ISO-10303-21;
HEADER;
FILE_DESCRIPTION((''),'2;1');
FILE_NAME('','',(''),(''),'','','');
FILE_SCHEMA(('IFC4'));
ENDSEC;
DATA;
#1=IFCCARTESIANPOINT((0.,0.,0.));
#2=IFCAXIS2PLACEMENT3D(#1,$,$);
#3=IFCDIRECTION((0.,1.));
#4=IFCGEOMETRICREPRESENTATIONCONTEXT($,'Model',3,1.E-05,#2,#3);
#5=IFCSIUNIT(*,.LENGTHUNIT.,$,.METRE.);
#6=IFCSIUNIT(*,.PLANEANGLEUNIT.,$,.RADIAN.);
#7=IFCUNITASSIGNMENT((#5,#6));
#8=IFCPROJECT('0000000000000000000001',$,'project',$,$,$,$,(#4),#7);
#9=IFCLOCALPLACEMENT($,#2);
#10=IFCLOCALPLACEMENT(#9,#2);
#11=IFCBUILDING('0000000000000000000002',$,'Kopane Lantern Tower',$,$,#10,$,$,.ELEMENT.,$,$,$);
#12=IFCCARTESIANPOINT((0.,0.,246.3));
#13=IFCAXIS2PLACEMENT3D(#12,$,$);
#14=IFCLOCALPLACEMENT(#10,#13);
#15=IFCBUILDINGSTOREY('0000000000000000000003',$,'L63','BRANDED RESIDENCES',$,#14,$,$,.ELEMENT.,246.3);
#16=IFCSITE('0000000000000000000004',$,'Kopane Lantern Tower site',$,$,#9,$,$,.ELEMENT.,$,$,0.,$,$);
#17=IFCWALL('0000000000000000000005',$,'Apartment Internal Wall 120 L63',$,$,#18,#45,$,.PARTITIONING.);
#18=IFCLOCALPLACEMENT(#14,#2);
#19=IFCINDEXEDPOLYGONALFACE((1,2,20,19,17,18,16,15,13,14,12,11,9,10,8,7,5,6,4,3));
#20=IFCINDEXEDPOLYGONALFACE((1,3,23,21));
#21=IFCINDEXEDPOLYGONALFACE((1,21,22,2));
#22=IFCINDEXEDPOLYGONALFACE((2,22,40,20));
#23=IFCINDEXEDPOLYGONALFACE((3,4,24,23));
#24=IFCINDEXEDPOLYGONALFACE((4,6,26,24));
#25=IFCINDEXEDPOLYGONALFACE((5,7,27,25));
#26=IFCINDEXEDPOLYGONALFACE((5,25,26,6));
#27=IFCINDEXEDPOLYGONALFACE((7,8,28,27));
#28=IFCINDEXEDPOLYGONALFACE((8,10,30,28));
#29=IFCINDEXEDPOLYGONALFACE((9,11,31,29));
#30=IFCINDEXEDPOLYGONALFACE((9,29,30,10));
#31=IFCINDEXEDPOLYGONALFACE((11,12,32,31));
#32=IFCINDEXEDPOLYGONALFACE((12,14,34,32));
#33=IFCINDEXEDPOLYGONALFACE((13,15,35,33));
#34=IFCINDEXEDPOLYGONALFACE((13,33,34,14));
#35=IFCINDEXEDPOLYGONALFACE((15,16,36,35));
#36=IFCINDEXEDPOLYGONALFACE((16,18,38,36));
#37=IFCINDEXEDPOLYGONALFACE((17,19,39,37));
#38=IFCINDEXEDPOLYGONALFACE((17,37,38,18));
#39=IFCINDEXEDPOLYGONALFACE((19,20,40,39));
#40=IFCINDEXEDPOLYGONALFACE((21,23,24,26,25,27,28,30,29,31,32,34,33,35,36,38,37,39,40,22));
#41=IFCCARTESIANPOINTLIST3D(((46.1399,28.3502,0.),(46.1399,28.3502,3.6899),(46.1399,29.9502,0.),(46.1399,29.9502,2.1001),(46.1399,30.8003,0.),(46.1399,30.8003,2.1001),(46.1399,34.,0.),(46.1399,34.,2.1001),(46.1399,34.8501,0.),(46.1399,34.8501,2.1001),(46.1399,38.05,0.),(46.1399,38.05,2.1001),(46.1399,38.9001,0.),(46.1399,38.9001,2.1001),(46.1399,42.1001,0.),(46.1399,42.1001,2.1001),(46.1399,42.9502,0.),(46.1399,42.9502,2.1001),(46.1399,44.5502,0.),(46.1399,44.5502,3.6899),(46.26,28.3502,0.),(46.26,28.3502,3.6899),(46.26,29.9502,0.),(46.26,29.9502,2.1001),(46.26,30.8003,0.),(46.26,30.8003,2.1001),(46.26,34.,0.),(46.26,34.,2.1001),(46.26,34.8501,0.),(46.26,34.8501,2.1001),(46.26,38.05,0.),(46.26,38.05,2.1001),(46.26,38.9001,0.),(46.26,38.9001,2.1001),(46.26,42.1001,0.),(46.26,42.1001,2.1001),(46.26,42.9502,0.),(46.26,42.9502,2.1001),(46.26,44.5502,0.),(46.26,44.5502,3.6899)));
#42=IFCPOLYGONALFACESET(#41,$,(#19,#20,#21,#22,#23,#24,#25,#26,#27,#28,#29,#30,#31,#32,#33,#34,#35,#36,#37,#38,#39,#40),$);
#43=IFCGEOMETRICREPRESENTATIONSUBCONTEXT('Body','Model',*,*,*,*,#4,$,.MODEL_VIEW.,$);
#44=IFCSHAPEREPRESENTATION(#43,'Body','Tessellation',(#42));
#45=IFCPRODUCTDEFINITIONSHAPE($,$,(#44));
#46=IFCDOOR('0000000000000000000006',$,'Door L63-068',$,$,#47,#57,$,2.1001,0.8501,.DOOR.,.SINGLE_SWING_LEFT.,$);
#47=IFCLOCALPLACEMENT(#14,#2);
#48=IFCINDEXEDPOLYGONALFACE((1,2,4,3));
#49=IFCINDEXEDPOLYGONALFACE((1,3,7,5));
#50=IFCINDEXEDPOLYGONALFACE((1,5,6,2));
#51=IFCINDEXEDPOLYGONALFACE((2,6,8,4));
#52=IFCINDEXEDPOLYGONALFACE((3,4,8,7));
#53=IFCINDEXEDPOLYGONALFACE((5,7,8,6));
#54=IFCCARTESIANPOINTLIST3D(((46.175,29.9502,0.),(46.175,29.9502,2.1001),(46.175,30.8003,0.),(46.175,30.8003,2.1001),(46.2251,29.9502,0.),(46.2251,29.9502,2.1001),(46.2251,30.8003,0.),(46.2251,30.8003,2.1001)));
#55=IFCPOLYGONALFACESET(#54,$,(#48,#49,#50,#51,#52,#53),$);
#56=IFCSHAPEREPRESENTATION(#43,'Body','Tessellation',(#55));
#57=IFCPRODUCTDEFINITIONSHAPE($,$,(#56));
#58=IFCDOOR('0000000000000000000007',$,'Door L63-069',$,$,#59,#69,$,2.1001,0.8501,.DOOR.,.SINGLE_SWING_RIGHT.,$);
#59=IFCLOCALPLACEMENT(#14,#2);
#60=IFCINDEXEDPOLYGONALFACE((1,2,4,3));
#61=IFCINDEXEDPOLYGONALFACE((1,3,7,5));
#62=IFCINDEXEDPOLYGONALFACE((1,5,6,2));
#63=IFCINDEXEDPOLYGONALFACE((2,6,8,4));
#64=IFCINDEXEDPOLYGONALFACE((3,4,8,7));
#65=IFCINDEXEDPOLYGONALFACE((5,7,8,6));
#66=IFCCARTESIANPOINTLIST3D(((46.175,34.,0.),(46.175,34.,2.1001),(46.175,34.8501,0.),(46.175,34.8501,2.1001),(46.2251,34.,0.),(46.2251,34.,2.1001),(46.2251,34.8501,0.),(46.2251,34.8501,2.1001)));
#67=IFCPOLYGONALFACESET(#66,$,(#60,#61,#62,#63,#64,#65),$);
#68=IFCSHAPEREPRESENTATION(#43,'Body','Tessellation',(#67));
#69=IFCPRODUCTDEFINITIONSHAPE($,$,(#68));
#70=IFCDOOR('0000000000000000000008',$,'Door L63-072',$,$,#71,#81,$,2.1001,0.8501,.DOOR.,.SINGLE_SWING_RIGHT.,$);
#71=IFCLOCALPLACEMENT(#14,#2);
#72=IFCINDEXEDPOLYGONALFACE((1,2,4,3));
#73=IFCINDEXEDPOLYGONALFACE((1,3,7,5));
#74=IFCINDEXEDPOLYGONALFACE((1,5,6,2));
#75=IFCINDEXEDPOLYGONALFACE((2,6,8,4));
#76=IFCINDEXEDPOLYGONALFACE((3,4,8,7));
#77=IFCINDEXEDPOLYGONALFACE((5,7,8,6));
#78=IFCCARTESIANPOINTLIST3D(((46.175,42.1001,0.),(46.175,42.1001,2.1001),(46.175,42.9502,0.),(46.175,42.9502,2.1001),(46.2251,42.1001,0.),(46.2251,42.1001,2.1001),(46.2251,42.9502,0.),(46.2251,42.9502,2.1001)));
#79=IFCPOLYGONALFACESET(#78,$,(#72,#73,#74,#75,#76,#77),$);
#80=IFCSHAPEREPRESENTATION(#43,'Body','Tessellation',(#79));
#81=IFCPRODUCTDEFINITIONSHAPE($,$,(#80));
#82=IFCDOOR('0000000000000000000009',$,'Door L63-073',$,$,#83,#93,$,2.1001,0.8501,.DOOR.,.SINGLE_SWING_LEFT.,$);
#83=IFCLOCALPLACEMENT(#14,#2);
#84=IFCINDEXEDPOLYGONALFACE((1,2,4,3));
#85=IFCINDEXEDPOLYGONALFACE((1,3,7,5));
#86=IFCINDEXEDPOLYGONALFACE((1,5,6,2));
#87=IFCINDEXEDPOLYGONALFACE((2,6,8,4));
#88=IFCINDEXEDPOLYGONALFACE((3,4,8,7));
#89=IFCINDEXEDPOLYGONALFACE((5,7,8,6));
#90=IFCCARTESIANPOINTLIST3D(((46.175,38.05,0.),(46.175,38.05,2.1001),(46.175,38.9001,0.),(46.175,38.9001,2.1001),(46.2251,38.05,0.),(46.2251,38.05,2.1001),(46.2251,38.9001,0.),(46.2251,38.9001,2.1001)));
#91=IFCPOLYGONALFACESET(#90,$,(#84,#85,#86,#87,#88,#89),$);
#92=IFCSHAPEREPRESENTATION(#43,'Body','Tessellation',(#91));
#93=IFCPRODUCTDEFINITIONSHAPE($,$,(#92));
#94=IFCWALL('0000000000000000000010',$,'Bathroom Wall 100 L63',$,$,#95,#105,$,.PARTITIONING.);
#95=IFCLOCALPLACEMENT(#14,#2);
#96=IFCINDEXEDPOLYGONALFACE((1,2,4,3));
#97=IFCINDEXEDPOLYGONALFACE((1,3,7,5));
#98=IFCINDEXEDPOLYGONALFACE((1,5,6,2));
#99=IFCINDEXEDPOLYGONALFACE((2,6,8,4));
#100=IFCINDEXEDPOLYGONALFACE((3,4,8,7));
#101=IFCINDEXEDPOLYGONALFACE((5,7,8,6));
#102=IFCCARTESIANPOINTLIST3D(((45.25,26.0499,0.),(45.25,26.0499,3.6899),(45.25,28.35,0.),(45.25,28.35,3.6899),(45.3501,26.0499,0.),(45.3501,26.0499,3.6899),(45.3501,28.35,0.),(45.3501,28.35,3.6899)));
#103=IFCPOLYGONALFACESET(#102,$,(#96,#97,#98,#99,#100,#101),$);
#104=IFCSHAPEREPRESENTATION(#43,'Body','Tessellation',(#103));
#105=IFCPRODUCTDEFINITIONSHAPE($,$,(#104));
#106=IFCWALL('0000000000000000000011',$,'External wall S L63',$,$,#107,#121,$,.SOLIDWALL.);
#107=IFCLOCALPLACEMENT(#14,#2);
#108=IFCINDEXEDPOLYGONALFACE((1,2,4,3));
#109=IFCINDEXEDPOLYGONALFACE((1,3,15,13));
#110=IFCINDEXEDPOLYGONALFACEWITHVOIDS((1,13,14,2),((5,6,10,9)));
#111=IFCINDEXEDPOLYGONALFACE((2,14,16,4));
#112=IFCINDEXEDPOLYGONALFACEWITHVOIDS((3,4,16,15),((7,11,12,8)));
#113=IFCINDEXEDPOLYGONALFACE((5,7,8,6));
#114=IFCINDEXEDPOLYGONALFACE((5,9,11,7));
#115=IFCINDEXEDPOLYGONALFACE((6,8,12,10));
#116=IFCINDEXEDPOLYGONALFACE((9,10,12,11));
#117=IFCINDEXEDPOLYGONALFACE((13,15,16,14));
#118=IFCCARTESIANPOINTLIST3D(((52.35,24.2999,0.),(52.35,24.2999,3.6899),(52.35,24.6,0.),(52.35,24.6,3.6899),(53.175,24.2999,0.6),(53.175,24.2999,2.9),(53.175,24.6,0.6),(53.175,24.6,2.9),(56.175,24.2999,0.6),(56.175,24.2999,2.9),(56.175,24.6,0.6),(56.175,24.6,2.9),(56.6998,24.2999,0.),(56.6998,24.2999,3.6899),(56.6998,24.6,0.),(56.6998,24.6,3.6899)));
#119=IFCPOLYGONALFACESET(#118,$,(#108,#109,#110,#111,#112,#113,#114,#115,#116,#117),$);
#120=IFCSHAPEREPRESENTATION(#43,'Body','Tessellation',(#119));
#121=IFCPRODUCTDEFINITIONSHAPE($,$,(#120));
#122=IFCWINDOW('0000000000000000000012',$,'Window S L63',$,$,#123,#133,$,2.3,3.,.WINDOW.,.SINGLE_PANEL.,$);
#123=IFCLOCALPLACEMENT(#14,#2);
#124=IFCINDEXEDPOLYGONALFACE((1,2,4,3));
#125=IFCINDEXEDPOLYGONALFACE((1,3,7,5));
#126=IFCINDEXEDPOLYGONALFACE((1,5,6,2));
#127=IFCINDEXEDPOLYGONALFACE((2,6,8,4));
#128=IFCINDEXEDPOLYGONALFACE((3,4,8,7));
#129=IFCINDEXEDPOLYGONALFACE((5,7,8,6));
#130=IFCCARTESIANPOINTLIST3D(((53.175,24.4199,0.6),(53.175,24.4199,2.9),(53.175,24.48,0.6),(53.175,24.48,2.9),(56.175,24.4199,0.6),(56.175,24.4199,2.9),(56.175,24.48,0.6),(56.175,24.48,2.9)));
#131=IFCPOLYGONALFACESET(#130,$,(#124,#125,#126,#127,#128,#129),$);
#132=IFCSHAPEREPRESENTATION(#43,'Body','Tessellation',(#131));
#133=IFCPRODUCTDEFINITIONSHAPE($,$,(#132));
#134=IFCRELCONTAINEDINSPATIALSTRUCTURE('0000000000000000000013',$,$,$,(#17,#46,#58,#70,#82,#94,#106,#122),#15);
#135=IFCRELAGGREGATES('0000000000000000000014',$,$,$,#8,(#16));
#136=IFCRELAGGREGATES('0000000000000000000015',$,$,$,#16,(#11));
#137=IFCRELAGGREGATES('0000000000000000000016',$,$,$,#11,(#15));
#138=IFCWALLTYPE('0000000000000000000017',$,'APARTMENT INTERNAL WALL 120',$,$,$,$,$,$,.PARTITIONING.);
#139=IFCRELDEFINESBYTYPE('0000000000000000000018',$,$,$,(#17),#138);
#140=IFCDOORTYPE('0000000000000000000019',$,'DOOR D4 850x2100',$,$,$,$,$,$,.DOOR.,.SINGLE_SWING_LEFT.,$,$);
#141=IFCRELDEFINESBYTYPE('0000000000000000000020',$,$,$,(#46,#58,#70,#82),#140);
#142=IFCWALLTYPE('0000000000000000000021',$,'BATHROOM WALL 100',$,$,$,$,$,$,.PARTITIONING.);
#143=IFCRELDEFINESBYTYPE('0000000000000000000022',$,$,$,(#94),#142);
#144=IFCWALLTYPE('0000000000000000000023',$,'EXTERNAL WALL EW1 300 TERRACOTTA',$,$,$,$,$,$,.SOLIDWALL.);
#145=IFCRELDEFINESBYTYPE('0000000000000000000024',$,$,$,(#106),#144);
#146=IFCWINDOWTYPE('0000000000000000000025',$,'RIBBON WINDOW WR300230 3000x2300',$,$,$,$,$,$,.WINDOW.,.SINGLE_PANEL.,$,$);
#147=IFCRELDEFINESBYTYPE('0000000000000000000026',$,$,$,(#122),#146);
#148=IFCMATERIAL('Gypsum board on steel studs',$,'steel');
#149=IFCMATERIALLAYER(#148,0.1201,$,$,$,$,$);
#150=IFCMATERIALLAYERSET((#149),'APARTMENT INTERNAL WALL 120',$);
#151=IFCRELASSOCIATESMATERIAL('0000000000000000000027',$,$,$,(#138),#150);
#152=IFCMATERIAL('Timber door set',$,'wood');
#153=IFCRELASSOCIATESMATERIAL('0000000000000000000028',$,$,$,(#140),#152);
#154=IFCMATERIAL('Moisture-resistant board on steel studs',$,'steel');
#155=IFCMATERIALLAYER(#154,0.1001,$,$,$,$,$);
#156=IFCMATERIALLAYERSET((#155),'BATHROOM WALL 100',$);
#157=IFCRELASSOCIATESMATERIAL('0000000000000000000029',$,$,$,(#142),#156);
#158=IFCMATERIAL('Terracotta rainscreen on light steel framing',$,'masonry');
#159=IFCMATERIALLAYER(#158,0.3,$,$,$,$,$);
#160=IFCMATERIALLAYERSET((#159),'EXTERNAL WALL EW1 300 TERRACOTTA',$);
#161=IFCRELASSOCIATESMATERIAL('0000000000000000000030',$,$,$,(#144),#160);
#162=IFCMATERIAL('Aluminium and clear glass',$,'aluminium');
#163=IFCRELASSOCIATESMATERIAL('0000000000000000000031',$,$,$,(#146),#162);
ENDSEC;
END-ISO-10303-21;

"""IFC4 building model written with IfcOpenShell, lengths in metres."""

from ifc_helpers import new_model, si_unit, direction, frame, frame_2d, origin, place, context, subcontext, project, spatial, rectangle, extrude, material, layer, layer_set, type_object, element, fill, save


model = new_model("IFC4")

# Units and contexts
model_context = context("Model", 3, precision=1e-05, world=origin(), true_north=direction((0.0, 1.0)))
body_context = subcontext(model_context, "Body", "Model", "MODEL_VIEW")
ifc_project = project(units=[si_unit("LENGTHUNIT", "METRE"), si_unit("PLANEANGLEUNIT", "RADIAN")], contexts=[model_context])

# Site, building, storey
site_placement = place(None, origin())
site = spatial("IfcSite", under=ifc_project, at=site_placement, Name="Kopane Lantern Tower site", CompositionType="ELEMENT", RefElevation=0.0)
building_placement = place(site_placement, origin())
building = spatial("IfcBuilding", under=site, at=building_placement, Name="Kopane Lantern Tower", CompositionType="ELEMENT")
storey_placement = place(building_placement, frame((0.0, 0.0, 246.3)))
storey = spatial("IfcBuildingStorey", under=building, at=storey_placement, Name="L63", Description="BRANDED RESIDENCES", CompositionType="ELEMENT", Elevation=246.3)

# Wall, openings, doors
ifc_material_1 = material(Name="Gypsum board on steel studs", Category="steel")
ifc_layer_1 = layer(ifc_material_1, 0.1201)
ifc_layer_set_1 = layer_set([ifc_layer_1], Name="APARTMENT INTERNAL WALL 120")
wall_type_1 = type_object("IfcWallType", Name="APARTMENT INTERNAL WALL 120", PredefinedType="PARTITIONING", material=ifc_layer_set_1)
wall_1_placement = place(storey_placement, frame((46.2, 28.3501, 0.0), z_axis=(0.0, 0.0, 1.0), x_axis=(0.0, 1.0, 0.0)))
wall_1 = element("IfcWall", 1, at=wall_1_placement, inside=storey, type_object=wall_type_1, Name="Apartment Internal Wall 120 L63", PredefinedType="PARTITIONING", context=body_context, shape_type="SweptSolid", body=[
    extrude(rectangle(XDim=16.2, YDim=0.1201, at=frame_2d((8.1001, 0.0))), origin(), (0.0, 0.0, 1.0), 3.6899),
])
opening_1_placement = place(wall_1_placement, frame((1.6001, 0.0, 0.0)))
opening_1 = element("IfcOpeningElement", 2, at=opening_1_placement, cuts=wall_1, PredefinedType="OPENING", context=body_context, shape_type="SweptSolid", body=[
    extrude(rectangle(XDim=0.8501, YDim=2.1001, at=frame_2d((0.425, 1.05))), frame((0.0, 0.0701, 0.0), z_axis=(0.0, -1.0, 0.0), x_axis=(1.0, 0.0, 0.0)), (0.0, 0.0, 1.0), 0.1401),
])
opening_2_placement = place(wall_1_placement, frame((5.6499, 0.0, 0.0)))
opening_2 = element("IfcOpeningElement", 3, at=opening_2_placement, cuts=wall_1, PredefinedType="OPENING", context=body_context, shape_type="SweptSolid", body=[
    extrude(rectangle(XDim=0.8501, YDim=2.1001, at=frame_2d((0.425, 1.05))), frame((0.0, 0.0701, 0.0), z_axis=(0.0, -1.0, 0.0), x_axis=(1.0, 0.0, 0.0)), (0.0, 0.0, 1.0), 0.1401),
])
opening_3_placement = place(wall_1_placement, frame((13.75, 0.0, 0.0)))
opening_3 = element("IfcOpeningElement", 4, at=opening_3_placement, cuts=wall_1, PredefinedType="OPENING", context=body_context, shape_type="SweptSolid", body=[
    extrude(rectangle(XDim=0.8501, YDim=2.1001, at=frame_2d((0.425, 1.05))), frame((0.0, 0.0701, 0.0), z_axis=(0.0, -1.0, 0.0), x_axis=(1.0, 0.0, 0.0)), (0.0, 0.0, 1.0), 0.1401),
])
opening_4_placement = place(wall_1_placement, frame((9.7, 0.0, 0.0)))
opening_4 = element("IfcOpeningElement", 5, at=opening_4_placement, cuts=wall_1, PredefinedType="OPENING", context=body_context, shape_type="SweptSolid", body=[
    extrude(rectangle(XDim=0.8501, YDim=2.1001, at=frame_2d((0.425, 1.05))), frame((0.0, 0.0701, 0.0), z_axis=(0.0, -1.0, 0.0), x_axis=(1.0, 0.0, 0.0)), (0.0, 0.0, 1.0), 0.1401),
])
ifc_material_2 = material(Name="Timber door set", Category="wood")
door_type = type_object("IfcDoorType", Name="DOOR D4 850x2100", OperationType="SINGLE_SWING_LEFT", PredefinedType="DOOR", material=ifc_material_2)
door_1_placement = place(opening_1_placement, origin())
door_1 = element("IfcDoor", 6, at=door_1_placement, inside=storey, type_object=door_type, Name="Door L63-068", OperationType="SINGLE_SWING_LEFT", OverallHeight=2.1001, OverallWidth=0.8501, PredefinedType="DOOR", context=body_context, shape_type="SweptSolid", body=[
    extrude(rectangle(XDim=0.8501, YDim=2.1001, at=frame_2d((0.425, 1.05))), frame((0.0, 0.0249, 0.0), z_axis=(0.0, -1.0, 0.0), x_axis=(1.0, 0.0, 0.0)), (0.0, 0.0, 1.0), 0.05),
])
fill(opening_1, door_1)
door_2_placement = place(opening_2_placement, origin())
door_2 = element("IfcDoor", 7, at=door_2_placement, inside=storey, type_object=door_type, Name="Door L63-069", OperationType="SINGLE_SWING_RIGHT", OverallHeight=2.1001, OverallWidth=0.8501, PredefinedType="DOOR", context=body_context, shape_type="SweptSolid", body=[
    extrude(rectangle(XDim=0.8501, YDim=2.1001, at=frame_2d((0.425, 1.05))), frame((0.0, 0.0249, 0.0), z_axis=(0.0, -1.0, 0.0), x_axis=(1.0, 0.0, 0.0)), (0.0, 0.0, 1.0), 0.05),
])
fill(opening_2, door_2)
door_3_placement = place(opening_3_placement, origin())
door_3 = element("IfcDoor", 8, at=door_3_placement, inside=storey, type_object=door_type, Name="Door L63-072", OperationType="SINGLE_SWING_RIGHT", OverallHeight=2.1001, OverallWidth=0.8501, PredefinedType="DOOR", context=body_context, shape_type="SweptSolid", body=[
    extrude(rectangle(XDim=0.8501, YDim=2.1001, at=frame_2d((0.425, 1.05))), frame((0.0, 0.0249, 0.0), z_axis=(0.0, -1.0, 0.0), x_axis=(1.0, 0.0, 0.0)), (0.0, 0.0, 1.0), 0.05),
])
fill(opening_3, door_3)
door_4_placement = place(opening_4_placement, origin())
door_4 = element("IfcDoor", 9, at=door_4_placement, inside=storey, type_object=door_type, Name="Door L63-073", OperationType="SINGLE_SWING_LEFT", OverallHeight=2.1001, OverallWidth=0.8501, PredefinedType="DOOR", context=body_context, shape_type="SweptSolid", body=[
    extrude(rectangle(XDim=0.8501, YDim=2.1001, at=frame_2d((0.425, 1.05))), frame((0.0, 0.0249, 0.0), z_axis=(0.0, -1.0, 0.0), x_axis=(1.0, 0.0, 0.0)), (0.0, 0.0, 1.0), 0.05),
])
fill(opening_4, door_4)

# Wall
ifc_material_3 = material(Name="Moisture-resistant board on steel studs", Category="steel")
ifc_layer_2 = layer(ifc_material_3, 0.1001)
ifc_layer_set_2 = layer_set([ifc_layer_2], Name="BATHROOM WALL 100")
wall_type_2 = type_object("IfcWallType", Name="BATHROOM WALL 100", PredefinedType="PARTITIONING", material=ifc_layer_set_2)
wall_2_placement = place(storey_placement, frame((45.3, 26.05, 0.0), z_axis=(0.0, 0.0, 1.0), x_axis=(0.0, 1.0, 0.0)))
element("IfcWall", 10, at=wall_2_placement, inside=storey, type_object=wall_type_2, Name="Bathroom Wall 100 L63", PredefinedType="PARTITIONING", context=body_context, shape_type="SweptSolid", body=[
    extrude(rectangle(XDim=2.3, YDim=0.1001, at=frame_2d((1.1499, 0.0))), origin(), (0.0, 0.0, 1.0), 3.6899),
])

# Wall, opening, window
ifc_material_4 = material(Name="Terracotta rainscreen on light steel framing", Category="masonry")
ifc_layer_3 = layer(ifc_material_4, 0.3)
ifc_layer_set_3 = layer_set([ifc_layer_3], Name="EXTERNAL WALL EW1 300 TERRACOTTA")
wall_type_3 = type_object("IfcWallType", Name="EXTERNAL WALL EW1 300 TERRACOTTA", PredefinedType="SOLIDWALL", material=ifc_layer_set_3)
wall_3_placement = place(storey_placement, frame((52.3501, 24.45, 0.0), z_axis=(0.0, 0.0, 1.0), x_axis=(1.0, 0.0, 0.0)))
wall_3 = element("IfcWall", 11, at=wall_3_placement, inside=storey, type_object=wall_type_3, Name="External wall S L63", PredefinedType="SOLIDWALL", context=body_context, shape_type="SweptSolid", body=[
    extrude(rectangle(XDim=4.3499, YDim=0.3, at=frame_2d((2.1748, 0.0))), origin(), (0.0, 0.0, 1.0), 3.6899),
])
opening_5_placement = place(wall_3_placement, frame((0.825, 0.0, 0.6001)))
opening_5 = element("IfcOpeningElement", 12, at=opening_5_placement, cuts=wall_3, PredefinedType="OPENING", context=body_context, shape_type="SweptSolid", body=[
    extrude(rectangle(XDim=3.0, YDim=2.3, at=frame_2d((1.5, 1.1499))), frame((0.0, 0.1599, 0.0), z_axis=(0.0, -1.0, 0.0), x_axis=(1.0, 0.0, 0.0)), (0.0, 0.0, 1.0), 0.3201),
])
ifc_material_5 = material(Name="Aluminium and clear glass", Category="aluminium")
window_type_1 = type_object("IfcWindowType", Name="RIBBON WINDOW WR300230 3000x2300", PartitioningType="SINGLE_PANEL", PredefinedType="WINDOW", material=ifc_material_5)
window_1_placement = place(opening_5_placement, origin())
window_1 = element("IfcWindow", 13, at=window_1_placement, inside=storey, type_object=window_type_1, Name="Window S L63", OverallHeight=2.3, OverallWidth=3.0, PartitioningType="SINGLE_PANEL", PredefinedType="WINDOW", context=body_context, shape_type="SweptSolid", body=[
    extrude(rectangle(XDim=3.0, YDim=2.3, at=frame_2d((1.5, 1.1499))), frame((0.0, 0.03, 0.0), z_axis=(0.0, -1.0, 0.0), x_axis=(1.0, 0.0, 0.0)), (0.0, 0.0, 1.0), 0.0601),
])
fill(opening_5, window_1)

save(model, "model.ifc")
